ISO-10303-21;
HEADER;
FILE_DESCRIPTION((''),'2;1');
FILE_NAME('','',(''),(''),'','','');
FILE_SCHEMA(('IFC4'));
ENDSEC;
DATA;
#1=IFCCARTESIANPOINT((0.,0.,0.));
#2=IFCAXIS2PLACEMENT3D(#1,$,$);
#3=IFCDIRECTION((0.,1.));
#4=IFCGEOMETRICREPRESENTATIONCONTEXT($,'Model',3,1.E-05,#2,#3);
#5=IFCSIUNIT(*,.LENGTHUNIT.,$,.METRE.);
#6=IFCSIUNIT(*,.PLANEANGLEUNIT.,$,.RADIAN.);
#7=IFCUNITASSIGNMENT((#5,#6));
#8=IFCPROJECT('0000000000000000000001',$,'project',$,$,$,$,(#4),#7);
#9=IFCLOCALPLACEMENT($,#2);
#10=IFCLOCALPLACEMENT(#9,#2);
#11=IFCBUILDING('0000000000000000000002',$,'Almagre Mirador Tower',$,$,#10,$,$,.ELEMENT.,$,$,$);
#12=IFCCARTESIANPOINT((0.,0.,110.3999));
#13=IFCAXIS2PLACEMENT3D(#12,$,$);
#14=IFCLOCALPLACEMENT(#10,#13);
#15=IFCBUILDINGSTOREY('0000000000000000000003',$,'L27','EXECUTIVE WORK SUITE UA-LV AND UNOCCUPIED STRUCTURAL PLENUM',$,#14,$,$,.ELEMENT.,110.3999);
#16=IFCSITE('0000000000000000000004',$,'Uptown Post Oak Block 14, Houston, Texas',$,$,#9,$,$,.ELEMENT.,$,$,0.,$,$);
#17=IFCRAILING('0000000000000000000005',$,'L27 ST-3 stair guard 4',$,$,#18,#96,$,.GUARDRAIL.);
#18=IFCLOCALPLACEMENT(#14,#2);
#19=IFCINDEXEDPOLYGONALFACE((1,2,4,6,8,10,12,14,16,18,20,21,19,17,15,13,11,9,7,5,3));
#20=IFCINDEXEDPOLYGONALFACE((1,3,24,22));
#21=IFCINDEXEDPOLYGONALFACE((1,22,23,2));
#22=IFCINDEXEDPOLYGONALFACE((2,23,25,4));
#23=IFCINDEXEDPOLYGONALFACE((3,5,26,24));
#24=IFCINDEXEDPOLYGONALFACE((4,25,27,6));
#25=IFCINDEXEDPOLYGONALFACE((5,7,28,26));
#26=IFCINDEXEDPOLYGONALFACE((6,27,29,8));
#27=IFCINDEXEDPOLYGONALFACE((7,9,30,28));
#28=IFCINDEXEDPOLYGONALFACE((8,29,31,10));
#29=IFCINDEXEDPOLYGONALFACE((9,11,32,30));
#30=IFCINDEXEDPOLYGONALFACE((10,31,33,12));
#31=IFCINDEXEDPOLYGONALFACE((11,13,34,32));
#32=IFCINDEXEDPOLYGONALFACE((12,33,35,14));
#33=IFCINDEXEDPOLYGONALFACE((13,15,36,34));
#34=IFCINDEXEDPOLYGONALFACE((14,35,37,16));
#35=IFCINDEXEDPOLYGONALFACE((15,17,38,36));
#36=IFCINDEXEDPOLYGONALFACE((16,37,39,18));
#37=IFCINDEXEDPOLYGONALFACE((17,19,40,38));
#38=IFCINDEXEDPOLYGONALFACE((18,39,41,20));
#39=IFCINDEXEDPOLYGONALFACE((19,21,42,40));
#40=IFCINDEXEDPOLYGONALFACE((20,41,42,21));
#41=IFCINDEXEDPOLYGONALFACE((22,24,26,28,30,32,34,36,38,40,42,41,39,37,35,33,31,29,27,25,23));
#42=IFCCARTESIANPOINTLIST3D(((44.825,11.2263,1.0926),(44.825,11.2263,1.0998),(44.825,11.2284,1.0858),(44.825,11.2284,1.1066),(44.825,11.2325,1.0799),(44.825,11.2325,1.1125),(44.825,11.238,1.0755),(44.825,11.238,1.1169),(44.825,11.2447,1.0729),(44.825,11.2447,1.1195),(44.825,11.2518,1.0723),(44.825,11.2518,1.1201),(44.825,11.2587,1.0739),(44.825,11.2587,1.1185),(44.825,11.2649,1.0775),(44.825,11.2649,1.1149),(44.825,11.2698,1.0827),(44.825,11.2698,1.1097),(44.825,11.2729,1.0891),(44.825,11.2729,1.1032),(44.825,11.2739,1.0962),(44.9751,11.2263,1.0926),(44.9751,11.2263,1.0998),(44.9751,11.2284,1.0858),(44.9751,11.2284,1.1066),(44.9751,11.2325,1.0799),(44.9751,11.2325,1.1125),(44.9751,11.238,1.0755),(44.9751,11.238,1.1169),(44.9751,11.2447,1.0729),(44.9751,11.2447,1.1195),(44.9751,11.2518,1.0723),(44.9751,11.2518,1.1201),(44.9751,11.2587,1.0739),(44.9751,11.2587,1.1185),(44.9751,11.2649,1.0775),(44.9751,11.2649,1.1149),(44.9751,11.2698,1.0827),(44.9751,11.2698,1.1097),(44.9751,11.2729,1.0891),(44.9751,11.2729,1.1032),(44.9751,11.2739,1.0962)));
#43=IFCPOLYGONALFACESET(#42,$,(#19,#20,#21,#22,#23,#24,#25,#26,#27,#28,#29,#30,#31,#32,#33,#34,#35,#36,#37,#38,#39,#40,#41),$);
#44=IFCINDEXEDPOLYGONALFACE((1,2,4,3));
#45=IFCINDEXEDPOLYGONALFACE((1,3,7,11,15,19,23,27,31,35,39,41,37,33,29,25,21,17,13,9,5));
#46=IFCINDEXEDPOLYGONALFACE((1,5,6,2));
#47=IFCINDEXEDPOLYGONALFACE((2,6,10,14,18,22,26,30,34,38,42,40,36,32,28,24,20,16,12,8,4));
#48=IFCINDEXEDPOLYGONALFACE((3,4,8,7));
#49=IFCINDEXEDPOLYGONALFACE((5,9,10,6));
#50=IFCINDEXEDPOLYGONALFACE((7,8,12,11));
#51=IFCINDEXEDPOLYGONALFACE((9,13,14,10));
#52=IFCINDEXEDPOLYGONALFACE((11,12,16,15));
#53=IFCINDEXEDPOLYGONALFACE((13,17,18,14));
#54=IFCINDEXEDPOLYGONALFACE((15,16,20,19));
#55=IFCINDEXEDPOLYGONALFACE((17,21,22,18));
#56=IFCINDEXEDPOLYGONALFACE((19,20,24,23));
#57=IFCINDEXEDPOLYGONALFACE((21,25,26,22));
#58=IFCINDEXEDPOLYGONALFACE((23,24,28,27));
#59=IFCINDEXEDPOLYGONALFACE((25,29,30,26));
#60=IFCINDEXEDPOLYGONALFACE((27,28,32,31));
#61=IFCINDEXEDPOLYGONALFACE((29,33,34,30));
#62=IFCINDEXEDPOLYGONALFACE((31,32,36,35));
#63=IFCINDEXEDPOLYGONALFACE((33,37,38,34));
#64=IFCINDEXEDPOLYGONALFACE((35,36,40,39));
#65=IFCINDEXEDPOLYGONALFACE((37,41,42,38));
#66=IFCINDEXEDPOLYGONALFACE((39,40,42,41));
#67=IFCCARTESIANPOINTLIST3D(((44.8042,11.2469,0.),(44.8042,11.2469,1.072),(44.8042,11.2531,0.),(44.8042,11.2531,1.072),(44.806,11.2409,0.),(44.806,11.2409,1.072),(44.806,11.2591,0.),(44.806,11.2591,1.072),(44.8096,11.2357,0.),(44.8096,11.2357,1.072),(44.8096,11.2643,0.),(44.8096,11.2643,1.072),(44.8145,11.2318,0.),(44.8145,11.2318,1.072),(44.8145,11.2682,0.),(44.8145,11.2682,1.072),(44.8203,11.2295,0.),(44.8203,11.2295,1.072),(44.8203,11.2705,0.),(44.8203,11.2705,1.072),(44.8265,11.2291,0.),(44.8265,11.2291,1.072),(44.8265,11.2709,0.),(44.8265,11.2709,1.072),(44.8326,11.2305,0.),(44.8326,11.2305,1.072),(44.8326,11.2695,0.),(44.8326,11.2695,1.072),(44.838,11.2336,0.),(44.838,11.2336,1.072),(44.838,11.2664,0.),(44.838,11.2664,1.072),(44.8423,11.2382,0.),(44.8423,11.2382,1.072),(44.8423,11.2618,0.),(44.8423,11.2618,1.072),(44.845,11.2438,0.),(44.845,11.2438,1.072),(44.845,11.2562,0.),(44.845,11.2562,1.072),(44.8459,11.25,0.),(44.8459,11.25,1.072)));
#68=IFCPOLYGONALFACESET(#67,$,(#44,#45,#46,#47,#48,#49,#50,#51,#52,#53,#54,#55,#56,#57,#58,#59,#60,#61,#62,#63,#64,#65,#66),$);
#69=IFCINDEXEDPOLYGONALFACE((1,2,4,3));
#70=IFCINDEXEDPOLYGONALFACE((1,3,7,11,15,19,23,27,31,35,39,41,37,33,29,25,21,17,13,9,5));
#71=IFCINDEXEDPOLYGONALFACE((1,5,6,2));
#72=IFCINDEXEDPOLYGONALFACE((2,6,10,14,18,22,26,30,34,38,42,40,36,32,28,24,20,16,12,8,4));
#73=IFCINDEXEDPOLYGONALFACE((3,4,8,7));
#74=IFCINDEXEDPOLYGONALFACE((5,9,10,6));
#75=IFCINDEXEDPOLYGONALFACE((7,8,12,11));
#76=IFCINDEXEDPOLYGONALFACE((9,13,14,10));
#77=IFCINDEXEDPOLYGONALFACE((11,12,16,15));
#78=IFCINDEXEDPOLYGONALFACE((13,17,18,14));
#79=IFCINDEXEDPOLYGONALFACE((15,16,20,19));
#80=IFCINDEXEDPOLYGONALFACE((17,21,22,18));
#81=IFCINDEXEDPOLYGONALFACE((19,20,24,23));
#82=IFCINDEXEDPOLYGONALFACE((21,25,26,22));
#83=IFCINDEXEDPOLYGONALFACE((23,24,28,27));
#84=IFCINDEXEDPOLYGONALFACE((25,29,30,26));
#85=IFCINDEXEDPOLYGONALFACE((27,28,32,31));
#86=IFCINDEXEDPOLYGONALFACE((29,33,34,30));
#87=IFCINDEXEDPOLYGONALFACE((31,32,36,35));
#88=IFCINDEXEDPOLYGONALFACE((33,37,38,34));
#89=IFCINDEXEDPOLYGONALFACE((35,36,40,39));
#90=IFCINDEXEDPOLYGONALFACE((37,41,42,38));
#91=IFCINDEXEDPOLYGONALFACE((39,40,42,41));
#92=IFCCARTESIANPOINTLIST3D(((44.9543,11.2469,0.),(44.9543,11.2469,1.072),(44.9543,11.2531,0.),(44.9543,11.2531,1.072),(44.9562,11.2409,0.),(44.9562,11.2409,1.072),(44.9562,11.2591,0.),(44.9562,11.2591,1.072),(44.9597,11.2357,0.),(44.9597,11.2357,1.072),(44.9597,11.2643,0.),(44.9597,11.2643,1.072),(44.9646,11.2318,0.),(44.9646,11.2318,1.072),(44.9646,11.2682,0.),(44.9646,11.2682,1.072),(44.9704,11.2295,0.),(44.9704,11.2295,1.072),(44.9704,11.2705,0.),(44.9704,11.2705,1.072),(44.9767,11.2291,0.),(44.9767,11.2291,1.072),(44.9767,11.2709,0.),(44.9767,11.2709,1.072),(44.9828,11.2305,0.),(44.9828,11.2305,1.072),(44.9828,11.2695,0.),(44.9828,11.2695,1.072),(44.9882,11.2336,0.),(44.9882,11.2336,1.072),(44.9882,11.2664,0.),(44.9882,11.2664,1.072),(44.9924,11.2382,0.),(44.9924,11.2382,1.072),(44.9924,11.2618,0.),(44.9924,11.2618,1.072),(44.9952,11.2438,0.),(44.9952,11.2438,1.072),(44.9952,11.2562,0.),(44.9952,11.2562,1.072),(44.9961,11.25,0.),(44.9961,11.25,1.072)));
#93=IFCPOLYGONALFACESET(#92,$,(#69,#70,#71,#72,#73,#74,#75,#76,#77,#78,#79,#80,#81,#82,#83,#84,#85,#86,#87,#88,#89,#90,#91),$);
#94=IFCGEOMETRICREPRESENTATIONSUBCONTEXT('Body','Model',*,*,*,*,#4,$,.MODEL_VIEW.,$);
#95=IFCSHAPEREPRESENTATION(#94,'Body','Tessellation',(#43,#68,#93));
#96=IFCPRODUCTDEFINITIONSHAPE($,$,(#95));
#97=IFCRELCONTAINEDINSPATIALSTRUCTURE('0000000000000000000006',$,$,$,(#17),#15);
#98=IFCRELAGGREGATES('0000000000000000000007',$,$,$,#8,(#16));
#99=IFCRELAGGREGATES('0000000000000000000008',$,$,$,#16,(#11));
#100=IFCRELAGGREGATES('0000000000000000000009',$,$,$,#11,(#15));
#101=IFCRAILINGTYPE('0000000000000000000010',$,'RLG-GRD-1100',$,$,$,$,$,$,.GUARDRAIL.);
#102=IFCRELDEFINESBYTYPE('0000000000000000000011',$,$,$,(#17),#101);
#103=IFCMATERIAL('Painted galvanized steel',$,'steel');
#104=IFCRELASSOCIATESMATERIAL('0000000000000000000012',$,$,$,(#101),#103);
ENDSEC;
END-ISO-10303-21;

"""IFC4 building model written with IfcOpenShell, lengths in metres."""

from ifc_helpers import new_model, si_unit, direction, frame, origin, origin_2d, place, context, subcontext, project, spatial, circle, extrude, material, type_object, element, save


model = new_model("IFC4")

# Units and contexts
model_context = context("Model", 3, precision=1e-05, world=origin(), true_north=direction((0.0, 1.0)))
body_context = subcontext(model_context, "Body", "Model", "MODEL_VIEW")
ifc_project = project(units=[si_unit("LENGTHUNIT", "METRE"), si_unit("PLANEANGLEUNIT", "RADIAN")], contexts=[model_context])

# Site, building, storey
site_placement = place(None, origin())
site = spatial("IfcSite", under=ifc_project, at=site_placement, Name="Uptown Post Oak Block 14, Houston, Texas", CompositionType="ELEMENT", RefElevation=0.0)
building_placement = place(site_placement, origin())
building = spatial("IfcBuilding", under=site, at=building_placement, Name="Almagre Mirador Tower", CompositionType="ELEMENT")
storey_placement = place(building_placement, frame((0.0, 0.0, 110.3999)))
storey = spatial("IfcBuildingStorey", under=building, at=storey_placement, Name="L27", Description="EXECUTIVE WORK SUITE UA-LV AND UNOCCUPIED STRUCTURAL PLENUM", CompositionType="ELEMENT", Elevation=110.3999)

# Railing
ifc_material_1 = material(Name="Painted galvanized steel", Category="steel")
railing_type_1 = type_object("IfcRailingType", Name="RLG-GRD-1100", PredefinedType="GUARDRAIL", material=ifc_material_1)
railing_1_placement = place(storey_placement, frame((44.825, 11.25, 0.0)))
element("IfcRailing", 1, at=railing_1_placement, inside=storey, type_object=railing_type_1, Name="L27 ST-3 stair guard 4", PredefinedType="GUARDRAIL", context=body_context, shape_type="SweptSolid", body=[
    extrude(circle(Radius=0.0239, at=origin_2d()), frame((0.0, 0.0, 1.0962), z_axis=(1.0, 0.0, 0.0), x_axis=(0.0, 1.0, 0.0)), (0.0, 0.0, 1.0), 0.1501),
    extrude(circle(Radius=0.021, at=origin_2d()), origin(), (0.0, 0.0, 1.0), 1.072),
    extrude(circle(Radius=0.021, at=origin_2d()), frame((0.1501, 0.0, 0.0)), (0.0, 0.0, 1.0), 1.072),
])

save(model, "model.ifc")
